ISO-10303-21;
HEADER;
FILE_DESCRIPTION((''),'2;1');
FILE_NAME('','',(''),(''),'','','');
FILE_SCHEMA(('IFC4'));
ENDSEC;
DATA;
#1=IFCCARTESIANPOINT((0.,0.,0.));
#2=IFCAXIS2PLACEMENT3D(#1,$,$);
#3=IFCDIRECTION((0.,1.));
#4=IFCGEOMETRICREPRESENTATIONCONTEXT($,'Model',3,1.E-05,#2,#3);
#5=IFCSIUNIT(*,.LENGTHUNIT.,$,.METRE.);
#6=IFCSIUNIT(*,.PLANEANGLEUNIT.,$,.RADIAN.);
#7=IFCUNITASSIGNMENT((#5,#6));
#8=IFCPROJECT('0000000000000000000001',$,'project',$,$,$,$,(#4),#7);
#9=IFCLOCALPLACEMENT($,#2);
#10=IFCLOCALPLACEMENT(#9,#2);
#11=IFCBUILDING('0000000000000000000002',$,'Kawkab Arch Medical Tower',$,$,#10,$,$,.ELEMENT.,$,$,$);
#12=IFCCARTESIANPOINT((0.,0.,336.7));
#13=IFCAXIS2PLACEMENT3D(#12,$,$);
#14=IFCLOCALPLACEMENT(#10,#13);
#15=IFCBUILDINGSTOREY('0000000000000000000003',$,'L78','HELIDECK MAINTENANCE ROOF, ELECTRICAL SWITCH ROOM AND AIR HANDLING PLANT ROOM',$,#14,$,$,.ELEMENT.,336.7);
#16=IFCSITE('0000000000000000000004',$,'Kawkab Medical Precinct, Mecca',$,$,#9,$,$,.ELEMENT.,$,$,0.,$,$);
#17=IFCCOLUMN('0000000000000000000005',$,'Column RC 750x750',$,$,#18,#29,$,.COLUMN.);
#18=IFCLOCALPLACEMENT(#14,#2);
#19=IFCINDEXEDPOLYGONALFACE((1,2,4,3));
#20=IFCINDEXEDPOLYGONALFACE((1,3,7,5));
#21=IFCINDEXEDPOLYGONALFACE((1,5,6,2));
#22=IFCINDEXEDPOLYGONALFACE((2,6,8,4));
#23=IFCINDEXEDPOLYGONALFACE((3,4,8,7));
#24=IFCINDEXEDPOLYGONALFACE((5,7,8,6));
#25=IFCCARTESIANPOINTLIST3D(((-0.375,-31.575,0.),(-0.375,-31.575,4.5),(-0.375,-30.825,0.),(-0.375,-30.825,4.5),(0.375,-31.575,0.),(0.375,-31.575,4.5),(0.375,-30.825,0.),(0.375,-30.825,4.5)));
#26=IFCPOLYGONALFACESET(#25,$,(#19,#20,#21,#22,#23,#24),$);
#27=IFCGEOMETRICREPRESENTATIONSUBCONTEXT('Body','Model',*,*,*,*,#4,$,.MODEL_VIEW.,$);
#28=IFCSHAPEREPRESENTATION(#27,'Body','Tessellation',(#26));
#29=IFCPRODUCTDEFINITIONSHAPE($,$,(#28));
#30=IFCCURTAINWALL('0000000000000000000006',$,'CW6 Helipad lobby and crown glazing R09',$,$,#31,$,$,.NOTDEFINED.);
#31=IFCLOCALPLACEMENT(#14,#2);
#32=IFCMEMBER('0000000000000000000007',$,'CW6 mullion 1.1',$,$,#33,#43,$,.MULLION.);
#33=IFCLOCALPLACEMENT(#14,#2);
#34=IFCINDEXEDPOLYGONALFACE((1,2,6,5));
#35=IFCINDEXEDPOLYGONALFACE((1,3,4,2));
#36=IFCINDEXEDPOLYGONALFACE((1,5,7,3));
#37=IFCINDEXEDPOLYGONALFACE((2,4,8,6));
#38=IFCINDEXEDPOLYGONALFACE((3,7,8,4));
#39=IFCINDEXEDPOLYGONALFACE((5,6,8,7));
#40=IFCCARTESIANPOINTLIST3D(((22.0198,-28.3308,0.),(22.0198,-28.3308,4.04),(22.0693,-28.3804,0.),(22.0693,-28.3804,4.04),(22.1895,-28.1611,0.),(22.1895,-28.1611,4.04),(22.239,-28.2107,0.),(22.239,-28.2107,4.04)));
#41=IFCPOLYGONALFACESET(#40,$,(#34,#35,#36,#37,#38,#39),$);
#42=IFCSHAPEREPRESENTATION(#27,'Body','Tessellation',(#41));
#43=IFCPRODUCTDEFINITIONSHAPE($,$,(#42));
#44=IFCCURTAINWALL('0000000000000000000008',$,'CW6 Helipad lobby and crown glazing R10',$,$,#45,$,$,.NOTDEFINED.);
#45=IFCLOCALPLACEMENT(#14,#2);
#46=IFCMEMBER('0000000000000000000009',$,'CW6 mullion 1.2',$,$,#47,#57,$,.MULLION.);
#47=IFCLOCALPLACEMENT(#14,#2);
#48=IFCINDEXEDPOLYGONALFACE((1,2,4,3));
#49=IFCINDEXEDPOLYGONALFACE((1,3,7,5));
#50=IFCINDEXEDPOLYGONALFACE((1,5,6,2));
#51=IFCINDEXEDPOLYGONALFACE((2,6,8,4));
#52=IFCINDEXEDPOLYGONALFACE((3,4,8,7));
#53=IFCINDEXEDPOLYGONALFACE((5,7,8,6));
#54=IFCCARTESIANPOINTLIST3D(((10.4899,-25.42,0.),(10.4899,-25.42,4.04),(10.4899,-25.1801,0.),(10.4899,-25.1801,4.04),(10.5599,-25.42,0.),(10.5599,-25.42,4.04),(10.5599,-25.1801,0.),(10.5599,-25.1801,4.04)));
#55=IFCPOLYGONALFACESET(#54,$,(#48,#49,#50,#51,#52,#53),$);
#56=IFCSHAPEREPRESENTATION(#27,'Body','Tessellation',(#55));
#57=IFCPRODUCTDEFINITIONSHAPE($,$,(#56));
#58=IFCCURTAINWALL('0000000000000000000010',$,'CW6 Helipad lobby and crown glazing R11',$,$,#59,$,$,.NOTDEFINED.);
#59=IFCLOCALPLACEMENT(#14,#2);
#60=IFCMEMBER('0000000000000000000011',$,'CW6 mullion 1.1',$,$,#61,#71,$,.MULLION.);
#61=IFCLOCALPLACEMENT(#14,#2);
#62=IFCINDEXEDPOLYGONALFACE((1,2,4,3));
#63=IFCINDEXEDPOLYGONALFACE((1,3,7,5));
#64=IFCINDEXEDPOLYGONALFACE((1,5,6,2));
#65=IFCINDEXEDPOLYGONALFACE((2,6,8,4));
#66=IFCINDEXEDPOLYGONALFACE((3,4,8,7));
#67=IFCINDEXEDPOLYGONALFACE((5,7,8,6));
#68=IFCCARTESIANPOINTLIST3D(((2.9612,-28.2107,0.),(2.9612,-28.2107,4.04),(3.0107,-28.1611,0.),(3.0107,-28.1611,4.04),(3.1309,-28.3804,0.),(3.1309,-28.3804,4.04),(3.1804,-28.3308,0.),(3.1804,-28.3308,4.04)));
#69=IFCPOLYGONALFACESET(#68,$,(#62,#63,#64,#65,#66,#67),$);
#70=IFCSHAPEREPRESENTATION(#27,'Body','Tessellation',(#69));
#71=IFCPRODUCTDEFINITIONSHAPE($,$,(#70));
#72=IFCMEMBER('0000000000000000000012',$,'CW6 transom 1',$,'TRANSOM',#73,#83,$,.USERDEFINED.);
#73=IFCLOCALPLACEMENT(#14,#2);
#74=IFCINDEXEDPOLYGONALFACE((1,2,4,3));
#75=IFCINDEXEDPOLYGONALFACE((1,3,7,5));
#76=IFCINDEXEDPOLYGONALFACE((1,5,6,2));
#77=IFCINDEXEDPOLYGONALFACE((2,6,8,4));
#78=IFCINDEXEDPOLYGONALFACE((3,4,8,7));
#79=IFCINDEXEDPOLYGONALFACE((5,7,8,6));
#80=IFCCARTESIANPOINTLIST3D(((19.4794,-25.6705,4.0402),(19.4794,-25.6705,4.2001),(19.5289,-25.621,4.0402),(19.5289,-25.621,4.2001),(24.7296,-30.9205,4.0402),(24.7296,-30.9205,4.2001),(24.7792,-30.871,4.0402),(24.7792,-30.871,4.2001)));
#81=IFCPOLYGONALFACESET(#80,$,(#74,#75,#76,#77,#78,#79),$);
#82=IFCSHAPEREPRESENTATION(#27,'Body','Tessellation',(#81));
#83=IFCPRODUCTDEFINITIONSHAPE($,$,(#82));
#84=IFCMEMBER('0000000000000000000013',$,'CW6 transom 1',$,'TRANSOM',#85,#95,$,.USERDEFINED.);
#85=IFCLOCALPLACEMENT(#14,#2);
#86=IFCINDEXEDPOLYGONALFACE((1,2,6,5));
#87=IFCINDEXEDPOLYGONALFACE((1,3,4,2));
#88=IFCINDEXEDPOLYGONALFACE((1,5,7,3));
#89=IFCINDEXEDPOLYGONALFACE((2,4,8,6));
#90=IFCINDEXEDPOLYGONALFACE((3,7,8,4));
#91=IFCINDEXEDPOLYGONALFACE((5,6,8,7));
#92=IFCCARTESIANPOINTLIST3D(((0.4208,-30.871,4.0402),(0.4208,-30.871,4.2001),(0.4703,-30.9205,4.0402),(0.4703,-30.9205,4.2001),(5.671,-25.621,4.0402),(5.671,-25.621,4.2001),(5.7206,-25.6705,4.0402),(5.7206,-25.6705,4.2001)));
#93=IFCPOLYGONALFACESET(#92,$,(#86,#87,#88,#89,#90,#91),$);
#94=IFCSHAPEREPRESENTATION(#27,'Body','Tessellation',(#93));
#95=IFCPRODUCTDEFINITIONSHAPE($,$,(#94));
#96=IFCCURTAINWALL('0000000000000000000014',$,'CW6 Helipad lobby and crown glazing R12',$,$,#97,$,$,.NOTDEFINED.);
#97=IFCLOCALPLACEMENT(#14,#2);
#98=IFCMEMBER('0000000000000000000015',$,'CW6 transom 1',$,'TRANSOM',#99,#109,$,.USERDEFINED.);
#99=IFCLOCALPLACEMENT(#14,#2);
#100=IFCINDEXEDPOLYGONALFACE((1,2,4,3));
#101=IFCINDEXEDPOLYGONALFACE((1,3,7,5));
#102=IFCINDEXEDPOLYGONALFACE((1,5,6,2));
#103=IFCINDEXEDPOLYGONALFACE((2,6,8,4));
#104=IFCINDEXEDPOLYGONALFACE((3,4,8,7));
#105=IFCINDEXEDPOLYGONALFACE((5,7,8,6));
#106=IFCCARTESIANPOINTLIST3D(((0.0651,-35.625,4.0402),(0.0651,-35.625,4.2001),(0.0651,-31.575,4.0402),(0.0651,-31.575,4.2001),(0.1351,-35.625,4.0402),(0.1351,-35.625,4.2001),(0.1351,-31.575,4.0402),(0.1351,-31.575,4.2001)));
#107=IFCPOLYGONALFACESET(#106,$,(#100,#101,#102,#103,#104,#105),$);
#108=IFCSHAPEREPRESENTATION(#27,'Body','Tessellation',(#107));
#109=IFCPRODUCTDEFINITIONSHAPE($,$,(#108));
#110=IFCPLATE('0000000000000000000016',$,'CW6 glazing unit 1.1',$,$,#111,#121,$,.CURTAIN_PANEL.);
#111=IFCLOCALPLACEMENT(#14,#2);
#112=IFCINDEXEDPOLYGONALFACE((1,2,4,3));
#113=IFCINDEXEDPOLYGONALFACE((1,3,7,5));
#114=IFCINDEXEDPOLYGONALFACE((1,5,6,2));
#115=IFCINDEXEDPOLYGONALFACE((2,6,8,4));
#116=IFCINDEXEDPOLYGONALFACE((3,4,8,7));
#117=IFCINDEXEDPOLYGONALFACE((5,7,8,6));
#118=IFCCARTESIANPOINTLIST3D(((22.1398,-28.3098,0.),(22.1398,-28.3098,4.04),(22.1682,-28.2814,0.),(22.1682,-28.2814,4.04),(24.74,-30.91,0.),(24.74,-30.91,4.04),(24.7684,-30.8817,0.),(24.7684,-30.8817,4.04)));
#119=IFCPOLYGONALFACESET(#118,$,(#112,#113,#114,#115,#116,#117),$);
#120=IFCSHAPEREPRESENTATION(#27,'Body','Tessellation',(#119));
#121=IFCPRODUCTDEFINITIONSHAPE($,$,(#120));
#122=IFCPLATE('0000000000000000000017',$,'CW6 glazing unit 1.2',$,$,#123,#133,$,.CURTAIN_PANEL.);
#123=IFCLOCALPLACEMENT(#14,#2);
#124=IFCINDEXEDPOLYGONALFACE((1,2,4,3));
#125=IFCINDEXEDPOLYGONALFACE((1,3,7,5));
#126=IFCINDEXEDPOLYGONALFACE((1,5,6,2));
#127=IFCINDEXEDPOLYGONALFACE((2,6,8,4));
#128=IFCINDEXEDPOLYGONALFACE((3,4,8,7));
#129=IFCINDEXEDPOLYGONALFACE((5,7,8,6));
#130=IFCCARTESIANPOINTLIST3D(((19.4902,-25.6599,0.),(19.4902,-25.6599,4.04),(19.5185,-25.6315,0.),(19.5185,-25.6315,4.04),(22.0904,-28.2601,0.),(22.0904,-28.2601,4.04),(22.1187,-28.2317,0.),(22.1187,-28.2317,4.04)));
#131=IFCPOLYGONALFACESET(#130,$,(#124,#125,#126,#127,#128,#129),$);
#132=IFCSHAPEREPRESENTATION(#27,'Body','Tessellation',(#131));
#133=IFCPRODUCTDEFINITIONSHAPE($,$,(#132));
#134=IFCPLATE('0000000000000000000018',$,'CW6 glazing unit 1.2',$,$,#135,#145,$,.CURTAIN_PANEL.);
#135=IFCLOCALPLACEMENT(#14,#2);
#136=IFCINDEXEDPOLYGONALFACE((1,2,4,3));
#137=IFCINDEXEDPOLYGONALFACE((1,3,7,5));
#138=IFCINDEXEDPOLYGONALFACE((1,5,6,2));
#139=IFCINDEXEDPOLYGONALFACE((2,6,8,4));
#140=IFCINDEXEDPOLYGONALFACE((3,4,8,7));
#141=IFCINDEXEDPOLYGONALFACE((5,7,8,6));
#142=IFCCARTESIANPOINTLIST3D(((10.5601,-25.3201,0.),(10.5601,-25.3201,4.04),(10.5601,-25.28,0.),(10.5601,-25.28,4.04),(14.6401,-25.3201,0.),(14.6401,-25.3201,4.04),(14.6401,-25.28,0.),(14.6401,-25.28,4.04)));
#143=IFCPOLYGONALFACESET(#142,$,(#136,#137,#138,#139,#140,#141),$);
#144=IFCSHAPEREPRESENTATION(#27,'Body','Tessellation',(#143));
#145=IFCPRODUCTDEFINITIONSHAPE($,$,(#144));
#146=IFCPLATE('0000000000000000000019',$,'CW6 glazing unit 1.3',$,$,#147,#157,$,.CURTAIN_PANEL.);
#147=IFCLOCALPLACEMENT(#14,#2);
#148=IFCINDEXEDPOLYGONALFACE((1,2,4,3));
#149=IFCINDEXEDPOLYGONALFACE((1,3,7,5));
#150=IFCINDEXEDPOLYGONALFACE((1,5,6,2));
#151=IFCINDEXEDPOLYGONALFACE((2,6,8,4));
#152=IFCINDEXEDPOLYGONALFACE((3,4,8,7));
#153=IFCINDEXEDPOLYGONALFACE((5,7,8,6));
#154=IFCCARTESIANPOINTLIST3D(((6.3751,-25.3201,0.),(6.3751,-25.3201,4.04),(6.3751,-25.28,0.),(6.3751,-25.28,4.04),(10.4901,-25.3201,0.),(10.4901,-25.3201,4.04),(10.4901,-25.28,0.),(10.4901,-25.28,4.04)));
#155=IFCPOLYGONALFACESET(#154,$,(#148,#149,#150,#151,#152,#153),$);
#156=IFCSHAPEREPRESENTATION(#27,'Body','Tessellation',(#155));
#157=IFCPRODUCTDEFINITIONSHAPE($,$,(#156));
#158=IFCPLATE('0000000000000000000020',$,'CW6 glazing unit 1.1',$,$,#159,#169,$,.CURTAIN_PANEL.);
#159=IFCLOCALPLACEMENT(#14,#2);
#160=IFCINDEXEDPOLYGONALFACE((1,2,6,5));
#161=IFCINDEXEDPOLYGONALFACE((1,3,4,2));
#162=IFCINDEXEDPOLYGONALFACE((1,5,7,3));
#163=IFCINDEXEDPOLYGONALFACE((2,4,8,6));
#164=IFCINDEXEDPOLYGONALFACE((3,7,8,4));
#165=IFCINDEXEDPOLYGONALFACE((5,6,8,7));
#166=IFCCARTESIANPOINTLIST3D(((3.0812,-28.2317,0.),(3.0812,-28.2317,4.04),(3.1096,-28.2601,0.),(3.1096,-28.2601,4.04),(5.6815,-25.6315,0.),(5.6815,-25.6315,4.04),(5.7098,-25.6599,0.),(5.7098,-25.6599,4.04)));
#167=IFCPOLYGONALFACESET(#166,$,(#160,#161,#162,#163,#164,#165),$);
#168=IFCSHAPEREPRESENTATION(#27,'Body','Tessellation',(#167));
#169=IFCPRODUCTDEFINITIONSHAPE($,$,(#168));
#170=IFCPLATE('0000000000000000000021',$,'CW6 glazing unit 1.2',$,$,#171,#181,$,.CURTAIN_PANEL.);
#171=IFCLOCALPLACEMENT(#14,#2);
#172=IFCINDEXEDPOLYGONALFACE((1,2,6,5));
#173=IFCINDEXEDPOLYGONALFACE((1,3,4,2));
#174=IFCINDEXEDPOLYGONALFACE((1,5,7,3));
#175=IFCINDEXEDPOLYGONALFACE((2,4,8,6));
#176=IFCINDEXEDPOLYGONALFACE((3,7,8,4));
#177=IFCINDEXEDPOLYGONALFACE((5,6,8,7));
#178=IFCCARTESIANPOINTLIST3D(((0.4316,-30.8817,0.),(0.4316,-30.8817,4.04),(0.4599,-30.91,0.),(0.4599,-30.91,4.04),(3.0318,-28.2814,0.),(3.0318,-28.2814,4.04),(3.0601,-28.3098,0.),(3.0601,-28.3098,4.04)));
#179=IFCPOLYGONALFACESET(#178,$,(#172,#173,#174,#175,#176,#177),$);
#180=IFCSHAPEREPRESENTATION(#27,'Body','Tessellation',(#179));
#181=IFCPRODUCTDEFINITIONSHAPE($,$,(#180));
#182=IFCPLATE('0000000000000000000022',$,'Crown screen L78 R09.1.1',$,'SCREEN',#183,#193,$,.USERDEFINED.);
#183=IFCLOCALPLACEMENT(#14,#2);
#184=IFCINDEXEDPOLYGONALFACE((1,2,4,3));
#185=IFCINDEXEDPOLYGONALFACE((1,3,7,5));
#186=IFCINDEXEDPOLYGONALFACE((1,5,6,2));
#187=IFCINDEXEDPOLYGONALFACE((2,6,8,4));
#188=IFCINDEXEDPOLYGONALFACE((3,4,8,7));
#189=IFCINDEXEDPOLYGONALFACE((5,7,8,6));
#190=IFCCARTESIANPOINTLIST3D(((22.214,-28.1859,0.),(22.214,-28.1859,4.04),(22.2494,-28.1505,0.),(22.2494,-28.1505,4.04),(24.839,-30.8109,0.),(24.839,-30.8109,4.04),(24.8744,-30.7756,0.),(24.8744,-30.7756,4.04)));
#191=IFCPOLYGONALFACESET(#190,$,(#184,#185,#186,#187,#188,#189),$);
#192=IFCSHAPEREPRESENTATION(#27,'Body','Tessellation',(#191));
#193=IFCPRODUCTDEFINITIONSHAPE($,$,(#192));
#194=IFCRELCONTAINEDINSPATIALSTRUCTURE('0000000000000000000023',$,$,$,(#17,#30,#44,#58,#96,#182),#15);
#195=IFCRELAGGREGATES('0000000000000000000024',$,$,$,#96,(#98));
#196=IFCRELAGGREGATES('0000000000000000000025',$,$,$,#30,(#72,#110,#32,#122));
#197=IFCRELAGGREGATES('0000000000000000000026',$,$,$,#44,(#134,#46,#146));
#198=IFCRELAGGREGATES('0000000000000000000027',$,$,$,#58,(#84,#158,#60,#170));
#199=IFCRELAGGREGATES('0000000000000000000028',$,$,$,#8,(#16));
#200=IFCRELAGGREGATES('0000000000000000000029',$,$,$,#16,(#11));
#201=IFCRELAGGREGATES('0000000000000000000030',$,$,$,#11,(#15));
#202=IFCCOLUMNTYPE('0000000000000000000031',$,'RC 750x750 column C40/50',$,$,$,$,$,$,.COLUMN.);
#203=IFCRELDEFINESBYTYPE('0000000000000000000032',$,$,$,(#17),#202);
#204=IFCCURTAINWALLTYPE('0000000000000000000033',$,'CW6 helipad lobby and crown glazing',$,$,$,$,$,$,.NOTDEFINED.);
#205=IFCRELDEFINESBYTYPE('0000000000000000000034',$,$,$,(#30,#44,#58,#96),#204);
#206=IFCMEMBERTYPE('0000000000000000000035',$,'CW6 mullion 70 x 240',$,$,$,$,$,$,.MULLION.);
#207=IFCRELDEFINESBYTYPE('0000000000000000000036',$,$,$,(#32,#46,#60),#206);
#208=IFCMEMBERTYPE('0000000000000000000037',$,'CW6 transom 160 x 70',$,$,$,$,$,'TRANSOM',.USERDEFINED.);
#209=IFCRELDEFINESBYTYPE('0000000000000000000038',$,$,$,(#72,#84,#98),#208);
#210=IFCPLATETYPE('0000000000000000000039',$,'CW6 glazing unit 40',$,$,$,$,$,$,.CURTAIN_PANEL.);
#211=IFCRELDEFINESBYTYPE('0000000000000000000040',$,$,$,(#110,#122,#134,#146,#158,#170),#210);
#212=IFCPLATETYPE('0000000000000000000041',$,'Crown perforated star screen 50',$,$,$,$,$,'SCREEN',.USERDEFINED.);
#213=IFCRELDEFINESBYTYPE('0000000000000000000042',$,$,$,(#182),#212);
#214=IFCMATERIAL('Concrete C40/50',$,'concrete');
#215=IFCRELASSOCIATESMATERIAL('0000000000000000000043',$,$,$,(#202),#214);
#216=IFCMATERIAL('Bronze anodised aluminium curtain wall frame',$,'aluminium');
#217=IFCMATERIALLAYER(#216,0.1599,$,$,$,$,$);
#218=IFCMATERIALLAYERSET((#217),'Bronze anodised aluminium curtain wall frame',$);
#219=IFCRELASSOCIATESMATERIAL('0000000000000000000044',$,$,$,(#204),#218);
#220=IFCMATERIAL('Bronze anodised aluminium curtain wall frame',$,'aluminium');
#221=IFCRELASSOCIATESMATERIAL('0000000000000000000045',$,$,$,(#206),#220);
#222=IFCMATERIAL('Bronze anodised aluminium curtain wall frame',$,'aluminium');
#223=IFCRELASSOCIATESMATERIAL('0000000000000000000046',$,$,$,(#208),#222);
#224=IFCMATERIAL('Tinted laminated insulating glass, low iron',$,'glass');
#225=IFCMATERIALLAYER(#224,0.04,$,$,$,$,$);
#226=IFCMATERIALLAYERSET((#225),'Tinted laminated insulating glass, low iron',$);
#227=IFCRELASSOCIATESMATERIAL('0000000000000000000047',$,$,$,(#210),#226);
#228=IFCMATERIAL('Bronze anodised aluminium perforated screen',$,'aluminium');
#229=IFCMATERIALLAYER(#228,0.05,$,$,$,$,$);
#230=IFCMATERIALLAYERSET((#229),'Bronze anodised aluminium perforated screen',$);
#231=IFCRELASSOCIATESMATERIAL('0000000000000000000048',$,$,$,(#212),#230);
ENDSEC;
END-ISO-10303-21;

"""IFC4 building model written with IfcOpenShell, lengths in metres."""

from ifc_helpers import new_model, si_unit, direction, frame, origin, origin_2d, place, context, subcontext, project, spatial, rectangle, extrude, material, layer, layer_set, material_profile, profile_set, type_object, element, aggregate, save


model = new_model("IFC4")

# Units and contexts
model_context = context("Model", 3, precision=1e-05, world=origin(), true_north=direction((0.0, 1.0)))
body_context = subcontext(model_context, "Body", "Model", "MODEL_VIEW")
ifc_project = project(units=[si_unit("LENGTHUNIT", "METRE"), si_unit("PLANEANGLEUNIT", "RADIAN")], contexts=[model_context])

# Site, building, storey
site_placement = place(None, origin())
site = spatial("IfcSite", under=ifc_project, at=site_placement, Name="Kawkab Medical Precinct, Mecca", CompositionType="ELEMENT", RefElevation=0.0)
building_placement = place(site_placement, origin())
building = spatial("IfcBuilding", under=site, at=building_placement, Name="Kawkab Arch Medical Tower", CompositionType="ELEMENT")
storey_placement = place(building_placement, frame((0.0, 0.0, 336.7)))
storey = spatial("IfcBuildingStorey", under=building, at=storey_placement, Name="L78", Description="HELIDECK MAINTENANCE ROOF, ELECTRICAL SWITCH ROOM AND AIR HANDLING PLANT ROOM", CompositionType="ELEMENT", Elevation=336.7)

# Column
ifc_material_1 = material(Name="Concrete C40/50", Category="concrete")
ifc_material_profile_1 = material_profile(ifc_material_1, rectangle(XDim=0.75, YDim=0.75, at=origin_2d()), Name="RC 750x750")
ifc_profile_set_1 = profile_set([ifc_material_profile_1], Name="Concrete C40/50")
column_type = type_object("IfcColumnType", Name="RC 750x750 column C40/50", PredefinedType="COLUMN", material=ifc_profile_set_1)
column_placement = place(storey_placement, frame((0.0, -31.2, 0.0), z_axis=(0.0, 0.0, 1.0), x_axis=(1.0, 0.0, 0.0)))
element("IfcColumn", 1, at=column_placement, inside=storey, type_object=column_type, Name="Column RC 750x750", PredefinedType="COLUMN", context=body_context, shape_type="SweptSolid", body=[
    extrude(rectangle(XDim=0.75, YDim=0.75, at=origin_2d()), origin(), (0.0, 0.0, 1.0), 4.5),
])

# Curtain walls, members
ifc_material_2 = material(Name="Bronze anodised aluminium curtain wall frame", Category="aluminium")
ifc_layer_1 = layer(ifc_material_2, 0.1599)
ifc_layer_set_1 = layer_set([ifc_layer_1], Name="Bronze anodised aluminium curtain wall frame")
curtain_wall_type = type_object("IfcCurtainWallType", Name="CW6 helipad lobby and crown glazing", PredefinedType="NOTDEFINED", material=ifc_layer_set_1)
placement = place(storey_placement, origin())
curtain_wall_1 = element("IfcCurtainWall", 2, at=placement, inside=storey, type_object=curtain_wall_type, Name="CW6 Helipad lobby and crown glazing R09", PredefinedType="NOTDEFINED")
ifc_material_3 = material(Name="Bronze anodised aluminium curtain wall frame", Category="aluminium")
ifc_material_profile_2 = material_profile(ifc_material_3, rectangle(XDim=0.24, YDim=0.0701, at=origin_2d()), Name="AL 70x240")
ifc_profile_set_2 = profile_set([ifc_material_profile_2], Name="Bronze anodised aluminium curtain wall frame")
member_type_1 = type_object("IfcMemberType", Name="CW6 mullion 70 x 240", PredefinedType="MULLION", material=ifc_profile_set_2)
member_1_placement = place(storey_placement, frame((22.1294, -28.2708, 0.0), z_axis=(0.0, 0.0, 1.0), x_axis=(-0.707107, -0.707107, 0.0)))
member_1 = element("IfcMember", 3, at=member_1_placement, type_object=member_type_1, Name="CW6 mullion 1.1", PredefinedType="MULLION", context=body_context, shape_type="SweptSolid", body=[
    extrude(rectangle(XDim=0.24, YDim=0.0701, at=origin_2d()), origin(), (0.0, 0.0, 1.0), 4.04),
])
curtain_wall_2 = element("IfcCurtainWall", 4, at=placement, inside=storey, type_object=curtain_wall_type, Name="CW6 Helipad lobby and crown glazing R10", PredefinedType="NOTDEFINED")
member_2_placement = place(storey_placement, frame((10.5249, -25.3, 0.0), z_axis=(0.0, 0.0, 1.0), x_axis=(0.0, -1.0, 0.0)))
member_2 = element("IfcMember", 5, at=member_2_placement, type_object=member_type_1, Name="CW6 mullion 1.2", PredefinedType="MULLION", context=body_context, shape_type="SweptSolid", body=[
    extrude(rectangle(XDim=0.24, YDim=0.0701, at=origin_2d()), origin(), (0.0, 0.0, 1.0), 4.04),
])
curtain_wall_3 = element("IfcCurtainWall", 6, at=placement, inside=storey, type_object=curtain_wall_type, Name="CW6 Helipad lobby and crown glazing R11", PredefinedType="NOTDEFINED")
member_3_placement = place(storey_placement, frame((3.0708, -28.2708, 0.0), z_axis=(0.0, 0.0, 1.0), x_axis=(0.707107, -0.707107, 0.0)))
member_3 = element("IfcMember", 7, at=member_3_placement, type_object=member_type_1, Name="CW6 mullion 1.1", PredefinedType="MULLION", context=body_context, shape_type="SweptSolid", body=[
    extrude(rectangle(XDim=0.24, YDim=0.0701, at=origin_2d()), origin(), (0.0, 0.0, 1.0), 4.04),
])

# Members
ifc_material_4 = material(Name="Bronze anodised aluminium curtain wall frame", Category="aluminium")
ifc_material_profile_3 = material_profile(ifc_material_4, rectangle(XDim=0.0701, YDim=0.1599, at=origin_2d()), Name="AL 70x160")
ifc_profile_set_3 = profile_set([ifc_material_profile_3], Name="Bronze anodised aluminium curtain wall frame")
member_type_2 = type_object("IfcMemberType", Name="CW6 transom 160 x 70", ElementType="TRANSOM", PredefinedType="USERDEFINED", material=ifc_profile_set_3)
member_4_placement = place(storey_placement, frame((24.7544, -30.8958, 4.1201), z_axis=(-0.707123, 0.70709, 0.0), x_axis=(-0.70709, -0.707123, 0.0)))
member_4 = element("IfcMember", 8, at=member_4_placement, type_object=member_type_2, Name="CW6 transom 1", ObjectType="TRANSOM", PredefinedType="USERDEFINED", context=body_context, shape_type="SweptSolid", body=[
    extrude(rectangle(XDim=0.0701, YDim=0.1599, at=origin_2d()), origin(), (0.0, 0.0, 1.0), 7.4248),
])
member_5_placement = place(storey_placement, frame((5.6958, -25.6458, 4.1201), z_axis=(-0.707123, -0.70709, 0.0), x_axis=(0.70709, -0.707123, 0.0)))
member_5 = element("IfcMember", 9, at=member_5_placement, type_object=member_type_2, Name="CW6 transom 1", ObjectType="TRANSOM", PredefinedType="USERDEFINED", context=body_context, shape_type="SweptSolid", body=[
    extrude(rectangle(XDim=0.0701, YDim=0.1599, at=origin_2d()), origin(), (0.0, 0.0, 1.0), 7.4248),
])

# Curtain wall, member
curtain_wall_4 = element("IfcCurtainWall", 10, at=placement, inside=storey, type_object=curtain_wall_type, Name="CW6 Helipad lobby and crown glazing R12", PredefinedType="NOTDEFINED")
member_6_placement = place(storey_placement, frame((0.1001, -31.575, 4.1201), z_axis=(0.0, -1.0, 0.0), x_axis=(1.0, 0.0, 0.0)))
member_6 = element("IfcMember", 11, at=member_6_placement, type_object=member_type_2, Name="CW6 transom 1", ObjectType="TRANSOM", PredefinedType="USERDEFINED", context=body_context, shape_type="SweptSolid", body=[
    extrude(rectangle(XDim=0.0701, YDim=0.1599, at=origin_2d()), origin(), (0.0, 0.0, 1.0), 4.05),
])
aggregate(curtain_wall_4, [member_6])

# Plates
ifc_material_5 = material(Name="Tinted laminated insulating glass, low iron", Category="glass")
ifc_layer_2 = layer(ifc_material_5, 0.04)
ifc_layer_set_2 = layer_set([ifc_layer_2], Name="Tinted laminated insulating glass, low iron")
plate_type_1 = type_object("IfcPlateType", Name="CW6 glazing unit 40", PredefinedType="CURTAIN_PANEL", material=ifc_layer_set_2)
plate_1_placement = place(storey_placement, frame((23.4541, -29.5957, 0.0), z_axis=(0.0, 0.0, 1.0), x_axis=(-0.707107, 0.707107, 0.0)))
plate_1 = element("IfcPlate", 12, at=plate_1_placement, type_object=plate_type_1, Name="CW6 glazing unit 1.1", PredefinedType="CURTAIN_PANEL", context=body_context, shape_type="SweptSolid", body=[
    extrude(rectangle(XDim=3.6772, YDim=0.04, at=origin_2d()), origin(), (0.0, 0.0, 1.0), 4.04),
])
plate_2_placement = place(storey_placement, frame((20.8044, -26.9458, 0.0), z_axis=(0.0, 0.0, 1.0), x_axis=(-0.707107, 0.707107, 0.0)))
plate_2 = element("IfcPlate", 13, at=plate_2_placement, type_object=plate_type_1, Name="CW6 glazing unit 1.2", PredefinedType="CURTAIN_PANEL", context=body_context, shape_type="SweptSolid", body=[
    extrude(rectangle(XDim=3.6772, YDim=0.04, at=origin_2d()), origin(), (0.0, 0.0, 1.0), 4.04),
])
aggregate(curtain_wall_1, [member_4, plate_1, member_1, plate_2])
plate_3_placement = place(storey_placement, frame((12.6001, -25.3, 0.0), z_axis=(0.0, 0.0, 1.0), x_axis=(-1.0, 0.0, 0.0)))
plate_3 = element("IfcPlate", 14, at=plate_3_placement, type_object=plate_type_1, Name="CW6 glazing unit 1.2", PredefinedType="CURTAIN_PANEL", context=body_context, shape_type="SweptSolid", body=[
    extrude(rectangle(XDim=4.0801, YDim=0.04, at=origin_2d()), origin(), (0.0, 0.0, 1.0), 4.04),
])
plate_4_placement = place(storey_placement, frame((8.4326, -25.3, 0.0), z_axis=(0.0, 0.0, 1.0), x_axis=(-1.0, 0.0, 0.0)))
plate_4 = element("IfcPlate", 15, at=plate_4_placement, type_object=plate_type_1, Name="CW6 glazing unit 1.3", PredefinedType="CURTAIN_PANEL", context=body_context, shape_type="SweptSolid", body=[
    extrude(rectangle(XDim=4.115, YDim=0.04, at=origin_2d()), origin(), (0.0, 0.0, 1.0), 4.04),
])
aggregate(curtain_wall_2, [plate_3, member_2, plate_4])
plate_5_placement = place(storey_placement, frame((4.3955, -26.9458, 0.0), z_axis=(0.0, 0.0, 1.0), x_axis=(-0.707107, -0.707107, 0.0)))
plate_5 = element("IfcPlate", 16, at=plate_5_placement, type_object=plate_type_1, Name="CW6 glazing unit 1.1", PredefinedType="CURTAIN_PANEL", context=body_context, shape_type="SweptSolid", body=[
    extrude(rectangle(XDim=3.6772, YDim=0.04, at=origin_2d()), origin(), (0.0, 0.0, 1.0), 4.04),
])
plate_6_placement = place(storey_placement, frame((1.7458, -29.5957, 0.0), z_axis=(0.0, 0.0, 1.0), x_axis=(-0.707107, -0.707107, 0.0)))
plate_6 = element("IfcPlate", 17, at=plate_6_placement, type_object=plate_type_1, Name="CW6 glazing unit 1.2", PredefinedType="CURTAIN_PANEL", context=body_context, shape_type="SweptSolid", body=[
    extrude(rectangle(XDim=3.6772, YDim=0.04, at=origin_2d()), origin(), (0.0, 0.0, 1.0), 4.04),
])
aggregate(curtain_wall_3, [member_5, plate_5, member_3, plate_6])

# Plate
ifc_material_6 = material(Name="Bronze anodised aluminium perforated screen", Category="aluminium")
ifc_layer_3 = layer(ifc_material_6, 0.05)
ifc_layer_set_3 = layer_set([ifc_layer_3], Name="Bronze anodised aluminium perforated screen")
plate_type_2 = type_object("IfcPlateType", Name="Crown perforated star screen 50", ElementType="SCREEN", PredefinedType="USERDEFINED", material=ifc_layer_set_3)
for number, where, z_axis, x_axis, name in (
    (18, (23.5442, -29.4807, 0.0), (0.0, 0.0, 1.0), (-0.707107, 0.707107, 0.0), "Crown screen L78 R09.1.1"),
):
    element("IfcPlate", number, at=place(storey_placement, frame(where, z_axis=z_axis, x_axis=x_axis)), inside=storey, type_object=plate_type_2, Name=name, ObjectType="SCREEN", PredefinedType="USERDEFINED", context=body_context, shape_type="SweptSolid", body=[
        extrude(rectangle(XDim=3.7124, YDim=0.05, at=origin_2d()), origin(), (0.0, 0.0, 1.0), 4.04),
    ])

save(model, "model.ifc")
